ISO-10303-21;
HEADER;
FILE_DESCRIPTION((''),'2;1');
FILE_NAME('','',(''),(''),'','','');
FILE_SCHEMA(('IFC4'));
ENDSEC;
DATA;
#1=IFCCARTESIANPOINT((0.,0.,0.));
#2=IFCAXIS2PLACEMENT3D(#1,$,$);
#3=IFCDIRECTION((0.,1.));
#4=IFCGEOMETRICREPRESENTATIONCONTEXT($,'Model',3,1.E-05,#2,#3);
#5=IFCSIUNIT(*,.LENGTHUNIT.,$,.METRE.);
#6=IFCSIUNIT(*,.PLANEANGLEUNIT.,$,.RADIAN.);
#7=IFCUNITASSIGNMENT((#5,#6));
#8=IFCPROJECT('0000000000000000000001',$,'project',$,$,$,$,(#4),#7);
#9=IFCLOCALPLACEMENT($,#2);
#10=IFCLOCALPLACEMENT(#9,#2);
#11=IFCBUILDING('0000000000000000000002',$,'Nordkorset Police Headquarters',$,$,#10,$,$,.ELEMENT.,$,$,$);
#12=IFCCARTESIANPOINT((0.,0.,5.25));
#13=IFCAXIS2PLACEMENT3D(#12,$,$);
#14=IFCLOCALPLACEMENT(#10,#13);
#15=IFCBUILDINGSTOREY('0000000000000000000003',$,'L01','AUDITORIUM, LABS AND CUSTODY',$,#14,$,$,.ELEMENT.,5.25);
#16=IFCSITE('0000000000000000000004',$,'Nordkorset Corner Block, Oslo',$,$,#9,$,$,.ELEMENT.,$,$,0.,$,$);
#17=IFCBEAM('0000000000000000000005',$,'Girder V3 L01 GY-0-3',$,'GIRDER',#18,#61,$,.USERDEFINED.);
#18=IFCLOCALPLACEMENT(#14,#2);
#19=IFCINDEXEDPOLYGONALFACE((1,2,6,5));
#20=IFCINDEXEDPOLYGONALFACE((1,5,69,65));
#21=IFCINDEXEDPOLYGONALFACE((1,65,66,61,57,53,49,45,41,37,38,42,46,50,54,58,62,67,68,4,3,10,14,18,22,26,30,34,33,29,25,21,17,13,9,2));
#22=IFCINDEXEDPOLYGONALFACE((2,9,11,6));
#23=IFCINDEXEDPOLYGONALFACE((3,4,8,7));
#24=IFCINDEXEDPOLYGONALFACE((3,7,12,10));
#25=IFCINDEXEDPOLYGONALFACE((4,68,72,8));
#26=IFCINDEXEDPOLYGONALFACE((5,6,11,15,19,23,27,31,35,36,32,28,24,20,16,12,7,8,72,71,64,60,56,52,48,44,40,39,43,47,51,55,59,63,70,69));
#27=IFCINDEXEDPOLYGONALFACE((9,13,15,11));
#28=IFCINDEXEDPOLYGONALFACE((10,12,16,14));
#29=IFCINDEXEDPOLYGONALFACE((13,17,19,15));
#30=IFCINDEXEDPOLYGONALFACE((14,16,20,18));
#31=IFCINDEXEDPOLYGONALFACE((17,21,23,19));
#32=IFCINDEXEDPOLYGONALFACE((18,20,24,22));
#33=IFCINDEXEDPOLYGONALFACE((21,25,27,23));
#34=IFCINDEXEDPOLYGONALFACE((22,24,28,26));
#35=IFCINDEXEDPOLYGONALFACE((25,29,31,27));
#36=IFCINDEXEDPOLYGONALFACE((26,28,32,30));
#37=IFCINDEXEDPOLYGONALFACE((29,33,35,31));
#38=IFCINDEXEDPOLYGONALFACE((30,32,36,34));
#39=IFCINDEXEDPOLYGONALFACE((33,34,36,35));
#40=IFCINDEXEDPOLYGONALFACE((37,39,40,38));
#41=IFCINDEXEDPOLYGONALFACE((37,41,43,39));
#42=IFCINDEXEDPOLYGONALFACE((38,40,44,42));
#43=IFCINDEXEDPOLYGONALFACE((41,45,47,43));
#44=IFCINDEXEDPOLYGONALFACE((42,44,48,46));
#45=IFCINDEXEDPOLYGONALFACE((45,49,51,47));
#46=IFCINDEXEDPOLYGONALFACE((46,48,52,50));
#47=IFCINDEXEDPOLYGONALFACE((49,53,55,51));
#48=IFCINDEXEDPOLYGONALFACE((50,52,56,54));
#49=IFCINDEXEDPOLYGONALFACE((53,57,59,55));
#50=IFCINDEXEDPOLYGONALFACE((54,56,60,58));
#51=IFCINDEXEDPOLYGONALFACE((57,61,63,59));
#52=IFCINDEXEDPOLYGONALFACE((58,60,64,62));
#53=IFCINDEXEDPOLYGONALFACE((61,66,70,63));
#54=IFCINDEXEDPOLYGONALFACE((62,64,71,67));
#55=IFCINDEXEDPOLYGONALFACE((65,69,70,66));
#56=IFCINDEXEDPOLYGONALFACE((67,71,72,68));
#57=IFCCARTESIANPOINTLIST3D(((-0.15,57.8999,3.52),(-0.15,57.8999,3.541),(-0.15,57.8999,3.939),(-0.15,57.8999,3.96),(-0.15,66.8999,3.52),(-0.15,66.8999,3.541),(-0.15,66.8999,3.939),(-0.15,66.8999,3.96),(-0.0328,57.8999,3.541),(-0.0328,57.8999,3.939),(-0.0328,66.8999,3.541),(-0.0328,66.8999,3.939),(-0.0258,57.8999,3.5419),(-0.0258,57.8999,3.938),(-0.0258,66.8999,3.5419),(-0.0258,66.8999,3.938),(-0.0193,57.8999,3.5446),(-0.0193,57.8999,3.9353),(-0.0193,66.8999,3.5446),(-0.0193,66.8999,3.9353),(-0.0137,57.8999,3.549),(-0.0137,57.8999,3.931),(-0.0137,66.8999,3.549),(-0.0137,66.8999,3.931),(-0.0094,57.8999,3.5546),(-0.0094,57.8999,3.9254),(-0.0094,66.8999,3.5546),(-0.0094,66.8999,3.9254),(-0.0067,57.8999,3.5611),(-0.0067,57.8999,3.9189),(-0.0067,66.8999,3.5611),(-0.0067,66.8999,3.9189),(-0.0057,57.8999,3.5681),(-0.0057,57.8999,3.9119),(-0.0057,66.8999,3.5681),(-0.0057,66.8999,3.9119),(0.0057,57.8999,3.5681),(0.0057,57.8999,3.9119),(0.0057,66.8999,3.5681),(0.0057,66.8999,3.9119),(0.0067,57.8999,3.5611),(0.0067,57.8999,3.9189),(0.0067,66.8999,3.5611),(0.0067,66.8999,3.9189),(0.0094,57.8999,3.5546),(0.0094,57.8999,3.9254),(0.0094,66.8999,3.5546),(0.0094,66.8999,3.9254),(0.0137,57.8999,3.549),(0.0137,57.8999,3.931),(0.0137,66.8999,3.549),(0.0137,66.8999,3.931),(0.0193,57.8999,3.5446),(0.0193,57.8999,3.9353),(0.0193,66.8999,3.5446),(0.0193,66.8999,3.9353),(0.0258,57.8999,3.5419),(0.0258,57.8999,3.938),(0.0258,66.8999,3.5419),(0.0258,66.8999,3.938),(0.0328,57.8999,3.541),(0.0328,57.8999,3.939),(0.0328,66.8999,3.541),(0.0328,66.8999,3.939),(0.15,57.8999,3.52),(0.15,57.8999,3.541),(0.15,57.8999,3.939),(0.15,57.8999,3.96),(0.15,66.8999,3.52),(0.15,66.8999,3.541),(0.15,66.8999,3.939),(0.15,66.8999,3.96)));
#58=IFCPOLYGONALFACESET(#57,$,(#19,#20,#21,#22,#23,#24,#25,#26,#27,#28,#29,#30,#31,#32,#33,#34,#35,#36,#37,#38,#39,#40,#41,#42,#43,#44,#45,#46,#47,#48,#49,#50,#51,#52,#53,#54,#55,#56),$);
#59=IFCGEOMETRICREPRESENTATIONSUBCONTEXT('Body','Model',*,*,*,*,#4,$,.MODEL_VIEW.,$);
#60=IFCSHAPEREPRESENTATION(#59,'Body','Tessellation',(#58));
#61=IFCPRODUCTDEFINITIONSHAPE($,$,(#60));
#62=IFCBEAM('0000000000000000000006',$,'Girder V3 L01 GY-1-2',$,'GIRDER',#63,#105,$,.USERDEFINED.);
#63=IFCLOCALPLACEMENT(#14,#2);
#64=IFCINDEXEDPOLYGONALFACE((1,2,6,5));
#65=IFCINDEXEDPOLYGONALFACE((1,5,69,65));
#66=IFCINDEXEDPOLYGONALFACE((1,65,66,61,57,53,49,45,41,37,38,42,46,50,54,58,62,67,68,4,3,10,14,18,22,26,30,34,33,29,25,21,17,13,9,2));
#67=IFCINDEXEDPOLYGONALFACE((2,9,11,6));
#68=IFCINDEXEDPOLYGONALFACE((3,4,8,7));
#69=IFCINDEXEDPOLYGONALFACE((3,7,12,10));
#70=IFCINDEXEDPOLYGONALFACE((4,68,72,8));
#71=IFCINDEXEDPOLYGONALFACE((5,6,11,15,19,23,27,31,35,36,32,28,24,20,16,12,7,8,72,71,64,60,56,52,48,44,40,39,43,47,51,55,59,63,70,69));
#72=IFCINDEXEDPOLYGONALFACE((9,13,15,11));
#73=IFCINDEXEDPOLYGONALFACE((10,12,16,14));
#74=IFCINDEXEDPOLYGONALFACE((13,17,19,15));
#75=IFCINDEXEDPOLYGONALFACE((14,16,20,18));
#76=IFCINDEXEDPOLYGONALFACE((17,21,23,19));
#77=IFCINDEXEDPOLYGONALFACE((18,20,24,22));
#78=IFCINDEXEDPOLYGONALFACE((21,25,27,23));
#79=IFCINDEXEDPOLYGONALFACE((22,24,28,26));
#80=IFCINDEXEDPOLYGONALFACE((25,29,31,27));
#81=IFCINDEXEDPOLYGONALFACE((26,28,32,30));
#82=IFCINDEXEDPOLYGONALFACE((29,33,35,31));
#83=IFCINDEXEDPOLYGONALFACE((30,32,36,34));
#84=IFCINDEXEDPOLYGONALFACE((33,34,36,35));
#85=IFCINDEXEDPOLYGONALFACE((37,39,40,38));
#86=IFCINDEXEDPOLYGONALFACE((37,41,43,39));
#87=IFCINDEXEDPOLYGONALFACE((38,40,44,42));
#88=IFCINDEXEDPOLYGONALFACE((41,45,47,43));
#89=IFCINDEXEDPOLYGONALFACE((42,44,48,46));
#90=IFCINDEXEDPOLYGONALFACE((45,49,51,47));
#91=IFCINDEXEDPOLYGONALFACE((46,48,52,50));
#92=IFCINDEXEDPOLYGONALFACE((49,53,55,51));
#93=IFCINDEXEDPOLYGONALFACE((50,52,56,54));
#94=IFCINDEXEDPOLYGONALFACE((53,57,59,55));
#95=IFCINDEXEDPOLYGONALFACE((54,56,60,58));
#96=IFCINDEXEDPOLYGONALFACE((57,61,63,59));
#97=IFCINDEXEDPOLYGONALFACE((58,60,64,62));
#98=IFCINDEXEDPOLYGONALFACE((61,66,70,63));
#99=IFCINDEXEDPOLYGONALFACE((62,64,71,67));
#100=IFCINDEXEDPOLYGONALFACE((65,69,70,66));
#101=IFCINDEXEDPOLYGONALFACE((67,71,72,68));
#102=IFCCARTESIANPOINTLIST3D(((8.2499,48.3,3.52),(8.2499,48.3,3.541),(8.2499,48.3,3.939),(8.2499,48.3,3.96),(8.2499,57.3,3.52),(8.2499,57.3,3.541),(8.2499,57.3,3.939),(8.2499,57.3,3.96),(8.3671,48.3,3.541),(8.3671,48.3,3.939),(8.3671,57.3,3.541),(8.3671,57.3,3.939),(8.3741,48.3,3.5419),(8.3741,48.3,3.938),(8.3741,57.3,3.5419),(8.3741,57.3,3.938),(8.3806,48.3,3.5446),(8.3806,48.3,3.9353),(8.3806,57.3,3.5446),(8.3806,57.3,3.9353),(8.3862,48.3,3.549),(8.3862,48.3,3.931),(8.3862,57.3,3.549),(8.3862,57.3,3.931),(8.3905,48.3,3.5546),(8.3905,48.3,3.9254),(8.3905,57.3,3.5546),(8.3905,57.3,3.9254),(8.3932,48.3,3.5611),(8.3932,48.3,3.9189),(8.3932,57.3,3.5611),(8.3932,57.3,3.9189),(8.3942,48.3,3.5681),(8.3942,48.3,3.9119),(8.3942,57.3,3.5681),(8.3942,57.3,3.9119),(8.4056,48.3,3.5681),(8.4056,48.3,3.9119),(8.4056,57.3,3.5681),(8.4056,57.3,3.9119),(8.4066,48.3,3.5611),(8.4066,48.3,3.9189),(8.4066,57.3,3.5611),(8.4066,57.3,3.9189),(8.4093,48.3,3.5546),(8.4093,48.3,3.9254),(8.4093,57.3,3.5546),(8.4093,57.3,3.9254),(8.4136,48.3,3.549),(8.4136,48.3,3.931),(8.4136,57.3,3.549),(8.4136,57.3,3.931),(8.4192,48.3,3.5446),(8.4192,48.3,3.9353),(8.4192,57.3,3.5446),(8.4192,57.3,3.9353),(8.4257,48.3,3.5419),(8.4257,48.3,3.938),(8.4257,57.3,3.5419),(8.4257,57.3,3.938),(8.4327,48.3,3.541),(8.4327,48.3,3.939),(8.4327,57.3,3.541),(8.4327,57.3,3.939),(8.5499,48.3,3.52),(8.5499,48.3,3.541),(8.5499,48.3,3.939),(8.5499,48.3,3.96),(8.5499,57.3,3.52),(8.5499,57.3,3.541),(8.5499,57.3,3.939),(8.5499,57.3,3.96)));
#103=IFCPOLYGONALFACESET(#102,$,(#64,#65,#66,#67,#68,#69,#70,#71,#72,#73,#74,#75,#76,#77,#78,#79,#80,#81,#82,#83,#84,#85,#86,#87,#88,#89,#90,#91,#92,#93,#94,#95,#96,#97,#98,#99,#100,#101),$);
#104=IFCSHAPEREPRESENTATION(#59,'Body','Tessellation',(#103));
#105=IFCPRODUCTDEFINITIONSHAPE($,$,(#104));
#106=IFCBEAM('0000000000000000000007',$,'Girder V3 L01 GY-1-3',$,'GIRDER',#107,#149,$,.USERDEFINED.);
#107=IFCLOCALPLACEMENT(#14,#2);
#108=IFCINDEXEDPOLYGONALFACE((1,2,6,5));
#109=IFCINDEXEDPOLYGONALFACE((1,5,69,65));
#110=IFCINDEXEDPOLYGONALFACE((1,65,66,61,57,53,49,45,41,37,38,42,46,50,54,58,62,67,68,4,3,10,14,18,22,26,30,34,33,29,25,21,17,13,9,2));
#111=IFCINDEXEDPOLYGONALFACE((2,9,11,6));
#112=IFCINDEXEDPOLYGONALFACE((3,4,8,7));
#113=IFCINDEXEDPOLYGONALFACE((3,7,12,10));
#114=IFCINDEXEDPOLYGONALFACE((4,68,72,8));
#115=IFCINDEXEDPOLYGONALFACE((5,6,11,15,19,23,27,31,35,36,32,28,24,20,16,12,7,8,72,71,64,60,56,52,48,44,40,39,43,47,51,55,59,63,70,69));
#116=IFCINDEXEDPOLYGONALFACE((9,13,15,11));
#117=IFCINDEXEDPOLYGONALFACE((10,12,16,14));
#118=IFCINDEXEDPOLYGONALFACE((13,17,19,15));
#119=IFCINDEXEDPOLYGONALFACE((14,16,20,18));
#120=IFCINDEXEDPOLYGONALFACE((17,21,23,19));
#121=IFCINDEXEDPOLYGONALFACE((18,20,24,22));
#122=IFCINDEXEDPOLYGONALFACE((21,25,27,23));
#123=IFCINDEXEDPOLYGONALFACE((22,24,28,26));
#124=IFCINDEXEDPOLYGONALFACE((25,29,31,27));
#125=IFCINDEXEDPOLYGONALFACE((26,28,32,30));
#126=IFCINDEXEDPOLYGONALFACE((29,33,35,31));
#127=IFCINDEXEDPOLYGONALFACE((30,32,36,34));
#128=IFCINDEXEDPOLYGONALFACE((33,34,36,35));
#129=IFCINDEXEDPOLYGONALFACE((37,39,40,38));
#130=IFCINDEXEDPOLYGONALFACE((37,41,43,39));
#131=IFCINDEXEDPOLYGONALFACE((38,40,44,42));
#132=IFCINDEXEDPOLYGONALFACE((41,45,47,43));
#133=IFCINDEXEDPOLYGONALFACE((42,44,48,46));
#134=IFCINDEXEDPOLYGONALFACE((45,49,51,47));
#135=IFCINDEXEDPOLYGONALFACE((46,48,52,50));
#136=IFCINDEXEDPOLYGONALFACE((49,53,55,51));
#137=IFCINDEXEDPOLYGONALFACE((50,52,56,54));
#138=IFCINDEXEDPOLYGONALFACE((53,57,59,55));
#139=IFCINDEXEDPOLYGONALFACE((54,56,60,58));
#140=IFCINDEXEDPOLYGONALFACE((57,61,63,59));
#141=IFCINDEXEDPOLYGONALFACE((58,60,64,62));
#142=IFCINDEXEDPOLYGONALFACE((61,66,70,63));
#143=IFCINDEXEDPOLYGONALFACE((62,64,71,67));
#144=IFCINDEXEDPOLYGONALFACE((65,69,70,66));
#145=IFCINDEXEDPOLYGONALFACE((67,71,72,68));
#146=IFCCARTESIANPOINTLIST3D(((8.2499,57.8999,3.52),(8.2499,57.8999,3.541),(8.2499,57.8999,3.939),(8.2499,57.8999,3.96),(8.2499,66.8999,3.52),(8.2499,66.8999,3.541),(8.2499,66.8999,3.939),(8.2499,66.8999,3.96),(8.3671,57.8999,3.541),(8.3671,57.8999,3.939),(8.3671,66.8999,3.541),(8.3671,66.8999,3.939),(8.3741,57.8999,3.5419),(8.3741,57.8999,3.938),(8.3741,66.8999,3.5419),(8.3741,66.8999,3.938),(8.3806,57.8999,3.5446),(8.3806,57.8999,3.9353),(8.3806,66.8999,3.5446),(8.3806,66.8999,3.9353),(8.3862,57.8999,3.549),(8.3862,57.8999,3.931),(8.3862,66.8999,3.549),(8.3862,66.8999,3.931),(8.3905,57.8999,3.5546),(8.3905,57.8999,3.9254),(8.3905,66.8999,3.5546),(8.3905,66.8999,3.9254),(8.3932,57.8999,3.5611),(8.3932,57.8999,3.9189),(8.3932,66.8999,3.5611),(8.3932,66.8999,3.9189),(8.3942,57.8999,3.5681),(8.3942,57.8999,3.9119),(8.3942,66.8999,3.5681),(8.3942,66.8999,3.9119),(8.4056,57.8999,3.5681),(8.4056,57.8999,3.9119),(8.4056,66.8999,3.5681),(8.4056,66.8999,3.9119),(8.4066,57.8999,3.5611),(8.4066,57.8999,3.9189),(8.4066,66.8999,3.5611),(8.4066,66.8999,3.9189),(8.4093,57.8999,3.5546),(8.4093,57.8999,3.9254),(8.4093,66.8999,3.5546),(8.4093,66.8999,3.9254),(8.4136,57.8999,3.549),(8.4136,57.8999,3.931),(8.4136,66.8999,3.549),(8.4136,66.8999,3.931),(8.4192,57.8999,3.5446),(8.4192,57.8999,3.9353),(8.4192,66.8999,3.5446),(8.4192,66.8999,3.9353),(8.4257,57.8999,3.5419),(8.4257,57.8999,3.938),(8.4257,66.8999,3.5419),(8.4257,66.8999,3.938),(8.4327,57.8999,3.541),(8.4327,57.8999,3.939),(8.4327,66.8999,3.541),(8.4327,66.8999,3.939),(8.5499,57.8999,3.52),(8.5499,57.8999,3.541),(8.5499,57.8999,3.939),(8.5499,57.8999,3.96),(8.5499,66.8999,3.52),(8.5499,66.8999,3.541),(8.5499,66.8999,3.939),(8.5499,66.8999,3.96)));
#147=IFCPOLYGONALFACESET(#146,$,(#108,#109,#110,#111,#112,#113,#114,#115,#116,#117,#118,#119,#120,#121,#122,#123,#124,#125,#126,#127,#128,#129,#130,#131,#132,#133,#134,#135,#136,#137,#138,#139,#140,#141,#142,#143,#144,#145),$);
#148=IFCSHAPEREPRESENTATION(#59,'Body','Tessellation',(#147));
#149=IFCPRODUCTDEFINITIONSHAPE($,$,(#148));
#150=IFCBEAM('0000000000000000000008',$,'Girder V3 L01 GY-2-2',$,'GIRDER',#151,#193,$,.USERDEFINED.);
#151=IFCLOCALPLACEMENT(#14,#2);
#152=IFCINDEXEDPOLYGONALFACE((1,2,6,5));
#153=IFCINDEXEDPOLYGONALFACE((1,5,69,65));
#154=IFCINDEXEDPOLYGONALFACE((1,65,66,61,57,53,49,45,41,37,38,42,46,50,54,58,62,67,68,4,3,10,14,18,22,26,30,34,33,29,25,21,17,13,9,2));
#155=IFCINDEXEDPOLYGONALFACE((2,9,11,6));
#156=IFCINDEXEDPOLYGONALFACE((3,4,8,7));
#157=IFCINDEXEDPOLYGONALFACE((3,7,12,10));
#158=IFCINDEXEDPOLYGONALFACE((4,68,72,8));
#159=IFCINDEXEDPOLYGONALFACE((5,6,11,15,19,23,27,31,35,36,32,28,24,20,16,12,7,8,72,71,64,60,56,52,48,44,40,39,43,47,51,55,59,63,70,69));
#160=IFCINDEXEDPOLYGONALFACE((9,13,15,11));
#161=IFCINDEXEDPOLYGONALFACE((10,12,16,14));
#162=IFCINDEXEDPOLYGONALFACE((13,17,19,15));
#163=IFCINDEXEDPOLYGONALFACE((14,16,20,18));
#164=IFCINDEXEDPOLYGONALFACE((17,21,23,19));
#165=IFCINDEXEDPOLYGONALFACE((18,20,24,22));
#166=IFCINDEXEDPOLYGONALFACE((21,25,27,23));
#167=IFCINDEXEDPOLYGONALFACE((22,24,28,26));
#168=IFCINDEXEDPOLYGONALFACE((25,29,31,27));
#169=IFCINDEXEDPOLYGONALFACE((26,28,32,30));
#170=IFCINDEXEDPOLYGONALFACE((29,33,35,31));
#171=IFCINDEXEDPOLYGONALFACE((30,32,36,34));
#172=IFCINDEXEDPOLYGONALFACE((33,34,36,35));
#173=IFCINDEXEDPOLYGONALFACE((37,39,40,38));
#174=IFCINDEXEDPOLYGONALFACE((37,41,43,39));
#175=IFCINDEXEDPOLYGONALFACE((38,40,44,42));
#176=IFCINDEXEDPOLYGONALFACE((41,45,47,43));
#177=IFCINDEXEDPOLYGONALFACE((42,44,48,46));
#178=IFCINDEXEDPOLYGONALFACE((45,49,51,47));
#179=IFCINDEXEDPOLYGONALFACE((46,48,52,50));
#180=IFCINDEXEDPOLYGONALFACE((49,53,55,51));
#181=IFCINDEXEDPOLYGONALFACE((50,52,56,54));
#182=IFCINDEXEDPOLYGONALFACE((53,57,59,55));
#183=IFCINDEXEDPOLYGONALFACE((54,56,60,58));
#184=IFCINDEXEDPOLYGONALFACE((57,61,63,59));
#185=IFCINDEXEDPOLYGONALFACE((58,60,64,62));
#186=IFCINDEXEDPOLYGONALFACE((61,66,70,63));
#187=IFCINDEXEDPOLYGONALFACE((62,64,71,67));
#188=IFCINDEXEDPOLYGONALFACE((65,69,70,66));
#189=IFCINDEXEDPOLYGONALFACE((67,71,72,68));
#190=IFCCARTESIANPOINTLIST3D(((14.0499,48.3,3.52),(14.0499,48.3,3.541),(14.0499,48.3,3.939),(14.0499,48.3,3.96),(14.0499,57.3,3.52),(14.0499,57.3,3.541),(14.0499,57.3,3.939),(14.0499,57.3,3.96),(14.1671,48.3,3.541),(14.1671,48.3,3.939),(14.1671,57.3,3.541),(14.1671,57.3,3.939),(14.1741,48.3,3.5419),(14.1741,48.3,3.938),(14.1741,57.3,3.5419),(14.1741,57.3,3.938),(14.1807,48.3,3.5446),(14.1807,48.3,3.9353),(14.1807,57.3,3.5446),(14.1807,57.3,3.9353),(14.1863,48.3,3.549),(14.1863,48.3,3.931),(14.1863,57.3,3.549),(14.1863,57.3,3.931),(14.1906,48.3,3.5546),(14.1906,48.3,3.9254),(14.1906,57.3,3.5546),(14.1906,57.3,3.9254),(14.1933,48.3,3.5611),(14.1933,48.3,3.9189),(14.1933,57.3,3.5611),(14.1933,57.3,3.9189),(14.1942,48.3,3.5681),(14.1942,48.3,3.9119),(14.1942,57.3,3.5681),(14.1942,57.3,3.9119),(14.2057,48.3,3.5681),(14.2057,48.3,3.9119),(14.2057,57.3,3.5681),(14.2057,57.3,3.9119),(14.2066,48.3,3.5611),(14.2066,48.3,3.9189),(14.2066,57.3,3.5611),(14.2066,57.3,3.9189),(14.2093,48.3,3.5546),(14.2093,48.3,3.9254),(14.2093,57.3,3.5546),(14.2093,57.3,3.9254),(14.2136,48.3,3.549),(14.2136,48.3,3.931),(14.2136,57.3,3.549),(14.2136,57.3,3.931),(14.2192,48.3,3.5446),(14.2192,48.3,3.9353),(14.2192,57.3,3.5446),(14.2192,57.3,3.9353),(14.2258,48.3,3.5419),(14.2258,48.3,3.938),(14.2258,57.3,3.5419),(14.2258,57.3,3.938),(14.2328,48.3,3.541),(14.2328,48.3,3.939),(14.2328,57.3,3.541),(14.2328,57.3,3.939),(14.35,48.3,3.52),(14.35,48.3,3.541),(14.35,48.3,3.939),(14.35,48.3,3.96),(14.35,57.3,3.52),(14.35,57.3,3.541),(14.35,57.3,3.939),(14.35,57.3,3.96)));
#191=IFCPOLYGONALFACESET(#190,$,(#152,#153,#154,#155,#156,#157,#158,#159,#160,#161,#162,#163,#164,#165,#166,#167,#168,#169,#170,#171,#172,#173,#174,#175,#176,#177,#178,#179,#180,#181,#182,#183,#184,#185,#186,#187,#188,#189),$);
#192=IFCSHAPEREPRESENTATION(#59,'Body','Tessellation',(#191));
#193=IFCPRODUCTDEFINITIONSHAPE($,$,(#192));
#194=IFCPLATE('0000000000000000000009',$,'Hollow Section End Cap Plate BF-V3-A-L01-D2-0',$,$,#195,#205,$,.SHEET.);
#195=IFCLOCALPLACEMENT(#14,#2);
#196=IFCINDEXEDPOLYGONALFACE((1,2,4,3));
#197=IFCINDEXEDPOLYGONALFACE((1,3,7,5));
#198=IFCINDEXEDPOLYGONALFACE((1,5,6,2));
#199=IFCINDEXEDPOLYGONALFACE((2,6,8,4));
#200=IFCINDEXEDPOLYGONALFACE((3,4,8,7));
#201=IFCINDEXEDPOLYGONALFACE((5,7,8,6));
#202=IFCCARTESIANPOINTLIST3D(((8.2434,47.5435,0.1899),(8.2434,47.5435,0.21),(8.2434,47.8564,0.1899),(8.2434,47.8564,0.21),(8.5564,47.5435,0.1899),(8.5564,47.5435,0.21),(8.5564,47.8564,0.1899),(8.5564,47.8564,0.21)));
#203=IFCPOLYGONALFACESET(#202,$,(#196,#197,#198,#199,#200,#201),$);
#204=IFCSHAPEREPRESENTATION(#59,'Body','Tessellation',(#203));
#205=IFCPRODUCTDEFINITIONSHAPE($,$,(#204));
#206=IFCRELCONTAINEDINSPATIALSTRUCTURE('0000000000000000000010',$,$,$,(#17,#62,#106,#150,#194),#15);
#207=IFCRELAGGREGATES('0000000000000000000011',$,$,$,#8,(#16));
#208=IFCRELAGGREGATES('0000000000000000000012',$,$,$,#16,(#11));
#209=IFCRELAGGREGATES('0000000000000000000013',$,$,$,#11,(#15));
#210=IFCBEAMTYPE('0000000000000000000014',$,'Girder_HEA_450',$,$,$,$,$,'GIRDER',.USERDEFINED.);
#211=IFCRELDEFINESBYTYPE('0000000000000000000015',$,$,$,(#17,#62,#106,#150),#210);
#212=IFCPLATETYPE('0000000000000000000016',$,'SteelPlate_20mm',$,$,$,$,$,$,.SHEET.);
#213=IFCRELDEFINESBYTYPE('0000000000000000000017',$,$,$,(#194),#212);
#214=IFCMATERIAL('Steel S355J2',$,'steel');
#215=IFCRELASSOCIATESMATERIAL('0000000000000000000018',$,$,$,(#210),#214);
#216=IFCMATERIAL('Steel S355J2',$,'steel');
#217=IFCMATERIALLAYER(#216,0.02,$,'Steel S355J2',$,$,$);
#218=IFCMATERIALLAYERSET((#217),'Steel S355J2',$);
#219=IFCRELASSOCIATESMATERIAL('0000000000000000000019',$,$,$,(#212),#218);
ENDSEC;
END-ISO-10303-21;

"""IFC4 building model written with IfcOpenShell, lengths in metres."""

from ifc_helpers import new_model, si_unit, direction, frame, origin, origin_2d, place, context, subcontext, project, spatial, rectangle, i_section, extrude, material, layer, layer_set, material_profile, profile_set, type_object, element, save


model = new_model("IFC4")

# Units and contexts
model_context = context("Model", 3, precision=1e-05, world=origin(), true_north=direction((0.0, 1.0)))
body_context = subcontext(model_context, "Body", "Model", "MODEL_VIEW")
ifc_project = project(units=[si_unit("LENGTHUNIT", "METRE"), si_unit("PLANEANGLEUNIT", "RADIAN")], contexts=[model_context])

# Site, building, storey
site_placement = place(None, origin())
site = spatial("IfcSite", under=ifc_project, at=site_placement, Name="Nordkorset Corner Block, Oslo", CompositionType="ELEMENT", RefElevation=0.0)
building_placement = place(site_placement, origin())
building = spatial("IfcBuilding", under=site, at=building_placement, Name="Nordkorset Police Headquarters", CompositionType="ELEMENT")
storey_placement = place(building_placement, frame((0.0, 0.0, 5.25)))
storey = spatial("IfcBuildingStorey", under=building, at=storey_placement, Name="L01", Description="AUDITORIUM, LABS AND CUSTODY", CompositionType="ELEMENT", Elevation=5.25)

# Beams
ifc_material_1 = material(Name="Steel S355J2", Category="steel")
ifc_material_profile_1 = material_profile(ifc_material_1, i_section(OverallWidth=0.3, OverallDepth=0.4399, WebThickness=0.0115, FlangeThickness=0.021, FilletRadius=0.0271, at=origin_2d()), Name="HEA 450")
ifc_profile_set_1 = profile_set([ifc_material_profile_1], Name="Steel S355J2")
beam_type_1 = type_object("IfcBeamType", Name="Girder_HEA_450", ElementType="GIRDER", PredefinedType="USERDEFINED", material=ifc_profile_set_1)
for number, where, z_axis, x_axis, name in (
    (1, (0.0, 57.8999, 3.74), (0.0, 1.0, 0.0), (-1.0, 0.0, 0.0), "Girder V3 L01 GY-0-3"),
    (2, (8.3999, 48.3, 3.74), (0.0, 1.0, 0.0), (-1.0, 0.0, 0.0), "Girder V3 L01 GY-1-2"),
    (3, (8.3999, 57.8999, 3.74), (0.0, 1.0, 0.0), (-1.0, 0.0, 0.0), "Girder V3 L01 GY-1-3"),
    (4, (14.2, 48.3, 3.74), (0.0, 1.0, 0.0), (-1.0, 0.0, 0.0), "Girder V3 L01 GY-2-2"),
):
    element("IfcBeam", number, at=place(storey_placement, frame(where, z_axis=z_axis, x_axis=x_axis)), inside=storey, type_object=beam_type_1, Name=name, ObjectType="GIRDER", PredefinedType="USERDEFINED", context=body_context, shape_type="SweptSolid", body=[
        extrude(i_section(OverallWidth=0.3, OverallDepth=0.4399, WebThickness=0.0115, FlangeThickness=0.021, FilletRadius=0.0271, at=origin_2d()), origin(), (0.0, 0.0, 1.0), 9.0),
    ])

# Plate
ifc_material_2 = material(Name="Steel S355J2", Category="steel")
ifc_layer_1 = layer(ifc_material_2, 0.02, Name="Steel S355J2")
ifc_layer_set_1 = layer_set([ifc_layer_1], Name="Steel S355J2")
plate_type = type_object("IfcPlateType", Name="SteelPlate_20mm", PredefinedType="SHEET", material=ifc_layer_set_1)
plate_placement = place(storey_placement, frame((8.3999, 47.7, 0.1899), z_axis=(0.0, 0.0, 1.0), x_axis=(1.0, 0.0, 0.0)))
element("IfcPlate", 5, at=plate_placement, inside=storey, type_object=plate_type, Name="Hollow Section End Cap Plate BF-V3-A-L01-D2-0", PredefinedType="SHEET", context=body_context, shape_type="SweptSolid", body=[
    extrude(rectangle(XDim=0.313, YDim=0.313, at=origin_2d()), origin(), (0.0, 0.0, 1.0), 0.02),
])

save(model, "model.ifc")
